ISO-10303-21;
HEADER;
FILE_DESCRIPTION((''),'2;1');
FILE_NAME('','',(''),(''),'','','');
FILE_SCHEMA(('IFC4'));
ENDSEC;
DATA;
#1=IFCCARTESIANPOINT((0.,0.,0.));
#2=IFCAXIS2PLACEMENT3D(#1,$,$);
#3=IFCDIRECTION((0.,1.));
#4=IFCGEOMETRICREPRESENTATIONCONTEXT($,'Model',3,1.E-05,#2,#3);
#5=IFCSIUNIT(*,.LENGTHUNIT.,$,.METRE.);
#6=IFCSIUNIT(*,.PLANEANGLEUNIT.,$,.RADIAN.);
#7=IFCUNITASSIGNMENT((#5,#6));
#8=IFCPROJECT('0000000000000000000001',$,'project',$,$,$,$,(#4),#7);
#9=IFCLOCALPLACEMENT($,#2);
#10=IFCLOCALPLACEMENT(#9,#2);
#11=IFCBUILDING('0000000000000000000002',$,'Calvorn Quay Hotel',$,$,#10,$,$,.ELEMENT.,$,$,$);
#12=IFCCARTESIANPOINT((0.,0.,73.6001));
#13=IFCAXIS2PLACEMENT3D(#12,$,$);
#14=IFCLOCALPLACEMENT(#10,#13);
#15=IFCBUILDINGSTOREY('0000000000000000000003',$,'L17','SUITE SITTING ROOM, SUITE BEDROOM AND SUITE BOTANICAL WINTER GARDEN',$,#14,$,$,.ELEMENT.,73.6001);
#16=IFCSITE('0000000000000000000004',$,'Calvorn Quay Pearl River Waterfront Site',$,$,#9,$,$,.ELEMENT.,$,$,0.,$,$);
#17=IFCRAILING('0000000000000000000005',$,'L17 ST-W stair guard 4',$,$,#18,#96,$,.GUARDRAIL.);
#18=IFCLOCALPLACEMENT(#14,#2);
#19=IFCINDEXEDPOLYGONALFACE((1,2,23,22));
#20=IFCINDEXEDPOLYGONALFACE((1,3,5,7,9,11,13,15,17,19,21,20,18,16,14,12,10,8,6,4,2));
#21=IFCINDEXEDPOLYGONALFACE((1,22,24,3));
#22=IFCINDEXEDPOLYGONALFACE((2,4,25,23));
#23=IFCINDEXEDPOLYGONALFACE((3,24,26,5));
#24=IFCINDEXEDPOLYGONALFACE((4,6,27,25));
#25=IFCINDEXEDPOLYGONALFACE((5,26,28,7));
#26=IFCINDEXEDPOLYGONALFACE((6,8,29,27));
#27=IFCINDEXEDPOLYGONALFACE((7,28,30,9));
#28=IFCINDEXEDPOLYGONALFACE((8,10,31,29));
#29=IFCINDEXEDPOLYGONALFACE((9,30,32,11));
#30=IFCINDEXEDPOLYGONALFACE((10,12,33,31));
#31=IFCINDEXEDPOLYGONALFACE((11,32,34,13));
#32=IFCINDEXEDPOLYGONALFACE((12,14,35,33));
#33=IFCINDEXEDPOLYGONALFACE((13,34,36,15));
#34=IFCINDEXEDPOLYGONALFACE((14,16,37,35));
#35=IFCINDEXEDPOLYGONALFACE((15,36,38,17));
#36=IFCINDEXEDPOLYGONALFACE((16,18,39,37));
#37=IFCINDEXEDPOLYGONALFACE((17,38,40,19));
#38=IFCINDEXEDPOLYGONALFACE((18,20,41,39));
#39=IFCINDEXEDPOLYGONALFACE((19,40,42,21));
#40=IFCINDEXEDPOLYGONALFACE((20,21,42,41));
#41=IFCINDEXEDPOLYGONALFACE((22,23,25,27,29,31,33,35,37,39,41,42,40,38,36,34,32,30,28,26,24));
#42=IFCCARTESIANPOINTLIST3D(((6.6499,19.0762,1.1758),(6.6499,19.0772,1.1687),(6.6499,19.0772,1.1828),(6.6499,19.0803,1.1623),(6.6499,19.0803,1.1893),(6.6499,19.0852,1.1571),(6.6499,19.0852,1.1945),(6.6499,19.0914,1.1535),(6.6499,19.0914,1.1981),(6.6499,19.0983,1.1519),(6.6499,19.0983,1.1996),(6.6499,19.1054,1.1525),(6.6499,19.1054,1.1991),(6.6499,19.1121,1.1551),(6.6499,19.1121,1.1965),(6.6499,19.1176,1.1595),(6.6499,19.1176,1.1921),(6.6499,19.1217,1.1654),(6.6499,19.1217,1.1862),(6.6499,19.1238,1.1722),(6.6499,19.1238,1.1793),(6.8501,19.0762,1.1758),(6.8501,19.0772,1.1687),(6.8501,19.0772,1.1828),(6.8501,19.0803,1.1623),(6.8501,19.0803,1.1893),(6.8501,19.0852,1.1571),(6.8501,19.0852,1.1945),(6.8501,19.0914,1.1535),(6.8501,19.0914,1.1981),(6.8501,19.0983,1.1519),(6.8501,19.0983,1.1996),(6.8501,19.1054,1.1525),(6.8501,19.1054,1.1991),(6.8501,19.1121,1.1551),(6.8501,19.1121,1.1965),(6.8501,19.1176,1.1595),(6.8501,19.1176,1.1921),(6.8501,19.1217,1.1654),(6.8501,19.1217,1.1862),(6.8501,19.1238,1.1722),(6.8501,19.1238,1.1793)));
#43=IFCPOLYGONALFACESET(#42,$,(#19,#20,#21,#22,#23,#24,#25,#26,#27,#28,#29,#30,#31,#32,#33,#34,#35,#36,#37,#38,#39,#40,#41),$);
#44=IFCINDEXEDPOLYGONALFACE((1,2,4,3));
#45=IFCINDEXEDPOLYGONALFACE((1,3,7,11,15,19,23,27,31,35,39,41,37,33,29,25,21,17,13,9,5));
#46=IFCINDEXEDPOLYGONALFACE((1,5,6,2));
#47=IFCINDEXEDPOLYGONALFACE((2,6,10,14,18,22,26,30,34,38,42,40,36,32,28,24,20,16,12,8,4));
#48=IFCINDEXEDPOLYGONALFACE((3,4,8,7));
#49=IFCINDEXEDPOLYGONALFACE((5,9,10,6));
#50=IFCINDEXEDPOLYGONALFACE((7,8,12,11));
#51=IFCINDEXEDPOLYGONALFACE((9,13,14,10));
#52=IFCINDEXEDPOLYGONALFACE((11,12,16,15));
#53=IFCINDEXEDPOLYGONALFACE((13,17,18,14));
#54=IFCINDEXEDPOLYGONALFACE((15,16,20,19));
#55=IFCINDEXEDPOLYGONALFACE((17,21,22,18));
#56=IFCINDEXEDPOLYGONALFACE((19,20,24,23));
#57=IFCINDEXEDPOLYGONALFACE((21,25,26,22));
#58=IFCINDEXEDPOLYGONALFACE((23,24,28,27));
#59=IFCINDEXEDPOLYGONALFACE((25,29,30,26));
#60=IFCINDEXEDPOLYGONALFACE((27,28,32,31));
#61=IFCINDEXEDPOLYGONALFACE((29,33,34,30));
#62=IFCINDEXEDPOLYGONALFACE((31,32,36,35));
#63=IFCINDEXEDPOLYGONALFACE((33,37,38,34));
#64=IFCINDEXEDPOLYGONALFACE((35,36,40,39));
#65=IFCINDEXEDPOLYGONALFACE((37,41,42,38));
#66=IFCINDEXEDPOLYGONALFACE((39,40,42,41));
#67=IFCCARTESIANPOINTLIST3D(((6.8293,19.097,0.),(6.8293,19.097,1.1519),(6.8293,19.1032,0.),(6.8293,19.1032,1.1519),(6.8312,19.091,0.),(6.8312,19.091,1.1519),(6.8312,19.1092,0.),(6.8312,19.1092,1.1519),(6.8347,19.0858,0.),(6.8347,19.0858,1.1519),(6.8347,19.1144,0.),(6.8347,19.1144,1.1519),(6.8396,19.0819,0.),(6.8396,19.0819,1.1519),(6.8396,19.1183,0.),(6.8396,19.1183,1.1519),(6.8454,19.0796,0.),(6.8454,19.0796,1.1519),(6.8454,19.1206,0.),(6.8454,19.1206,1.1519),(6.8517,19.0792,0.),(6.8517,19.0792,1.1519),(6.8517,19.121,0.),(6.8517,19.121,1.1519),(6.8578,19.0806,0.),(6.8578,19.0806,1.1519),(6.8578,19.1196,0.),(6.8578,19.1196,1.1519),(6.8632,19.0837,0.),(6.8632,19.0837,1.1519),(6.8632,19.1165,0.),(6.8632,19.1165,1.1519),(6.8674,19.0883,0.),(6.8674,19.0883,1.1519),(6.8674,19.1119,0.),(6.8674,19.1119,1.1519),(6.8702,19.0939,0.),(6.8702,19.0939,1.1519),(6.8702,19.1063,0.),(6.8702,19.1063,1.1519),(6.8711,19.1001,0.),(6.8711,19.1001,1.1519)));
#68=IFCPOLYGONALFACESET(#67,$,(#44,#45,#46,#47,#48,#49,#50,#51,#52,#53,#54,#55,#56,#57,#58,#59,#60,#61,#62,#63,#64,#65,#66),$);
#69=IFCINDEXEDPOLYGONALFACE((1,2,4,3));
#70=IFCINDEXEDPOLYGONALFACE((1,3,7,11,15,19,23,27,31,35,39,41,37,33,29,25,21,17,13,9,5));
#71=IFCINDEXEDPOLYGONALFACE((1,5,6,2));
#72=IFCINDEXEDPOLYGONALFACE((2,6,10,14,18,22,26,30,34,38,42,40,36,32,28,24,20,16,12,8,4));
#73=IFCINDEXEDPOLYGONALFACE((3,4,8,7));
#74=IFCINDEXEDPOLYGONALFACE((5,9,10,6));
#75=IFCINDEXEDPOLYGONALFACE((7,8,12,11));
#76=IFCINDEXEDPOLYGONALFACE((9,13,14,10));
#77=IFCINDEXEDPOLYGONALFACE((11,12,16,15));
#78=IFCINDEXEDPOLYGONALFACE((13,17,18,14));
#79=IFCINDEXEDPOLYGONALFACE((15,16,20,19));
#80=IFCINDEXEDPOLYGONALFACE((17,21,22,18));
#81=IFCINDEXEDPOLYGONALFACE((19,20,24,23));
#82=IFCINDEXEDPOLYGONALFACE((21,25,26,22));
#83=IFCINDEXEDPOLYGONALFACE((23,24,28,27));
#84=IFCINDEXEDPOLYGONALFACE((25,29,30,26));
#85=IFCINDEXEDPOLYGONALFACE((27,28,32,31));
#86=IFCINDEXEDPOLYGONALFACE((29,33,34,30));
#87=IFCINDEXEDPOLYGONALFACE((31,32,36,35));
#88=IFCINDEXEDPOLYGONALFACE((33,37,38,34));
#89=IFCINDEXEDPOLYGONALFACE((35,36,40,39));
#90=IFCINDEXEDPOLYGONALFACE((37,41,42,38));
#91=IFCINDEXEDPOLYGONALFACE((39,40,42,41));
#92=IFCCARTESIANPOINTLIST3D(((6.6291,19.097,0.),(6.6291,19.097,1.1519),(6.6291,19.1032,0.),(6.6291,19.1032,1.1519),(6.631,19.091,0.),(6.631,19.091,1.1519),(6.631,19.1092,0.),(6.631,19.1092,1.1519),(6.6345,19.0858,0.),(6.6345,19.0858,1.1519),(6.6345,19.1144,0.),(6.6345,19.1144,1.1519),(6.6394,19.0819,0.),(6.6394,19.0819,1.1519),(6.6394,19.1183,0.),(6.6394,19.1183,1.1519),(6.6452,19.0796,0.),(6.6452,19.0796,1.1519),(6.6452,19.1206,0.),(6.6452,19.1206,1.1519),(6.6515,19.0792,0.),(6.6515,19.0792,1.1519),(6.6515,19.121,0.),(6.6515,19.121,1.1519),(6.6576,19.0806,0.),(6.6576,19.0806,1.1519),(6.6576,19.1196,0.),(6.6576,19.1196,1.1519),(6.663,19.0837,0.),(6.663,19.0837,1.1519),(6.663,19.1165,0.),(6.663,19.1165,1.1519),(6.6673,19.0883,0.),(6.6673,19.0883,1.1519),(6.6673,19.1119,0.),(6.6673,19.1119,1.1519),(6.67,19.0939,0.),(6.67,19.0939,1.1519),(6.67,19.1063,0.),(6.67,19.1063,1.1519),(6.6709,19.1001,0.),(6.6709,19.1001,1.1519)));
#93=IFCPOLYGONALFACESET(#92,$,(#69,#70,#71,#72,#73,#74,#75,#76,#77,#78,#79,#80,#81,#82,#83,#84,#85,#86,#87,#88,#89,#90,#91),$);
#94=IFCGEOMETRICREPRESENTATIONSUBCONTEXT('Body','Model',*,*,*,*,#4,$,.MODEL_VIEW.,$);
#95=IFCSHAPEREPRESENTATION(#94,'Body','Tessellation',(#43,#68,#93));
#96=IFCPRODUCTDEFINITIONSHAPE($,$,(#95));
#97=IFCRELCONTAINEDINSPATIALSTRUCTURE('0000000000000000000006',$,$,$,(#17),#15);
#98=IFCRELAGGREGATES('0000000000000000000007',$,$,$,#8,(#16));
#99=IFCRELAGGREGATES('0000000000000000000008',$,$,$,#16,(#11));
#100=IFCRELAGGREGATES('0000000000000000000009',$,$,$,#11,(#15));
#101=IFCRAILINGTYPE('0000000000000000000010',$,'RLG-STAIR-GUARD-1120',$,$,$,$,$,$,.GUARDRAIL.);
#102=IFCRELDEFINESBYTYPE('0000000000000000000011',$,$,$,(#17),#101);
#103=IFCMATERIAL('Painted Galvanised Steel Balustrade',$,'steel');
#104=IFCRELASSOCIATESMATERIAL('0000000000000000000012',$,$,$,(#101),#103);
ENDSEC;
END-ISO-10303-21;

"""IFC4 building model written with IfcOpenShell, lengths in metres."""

from ifc_helpers import new_model, si_unit, direction, frame, origin, origin_2d, place, context, subcontext, project, spatial, circle, extrude, material, type_object, element, save


model = new_model("IFC4")

# Units and contexts
model_context = context("Model", 3, precision=1e-05, world=origin(), true_north=direction((0.0, 1.0)))
body_context = subcontext(model_context, "Body", "Model", "MODEL_VIEW")
ifc_project = project(units=[si_unit("LENGTHUNIT", "METRE"), si_unit("PLANEANGLEUNIT", "RADIAN")], contexts=[model_context])

# Site, building, storey
site_placement = place(None, origin())
site = spatial("IfcSite", under=ifc_project, at=site_placement, Name="Calvorn Quay Pearl River Waterfront Site", CompositionType="ELEMENT", RefElevation=0.0)
building_placement = place(site_placement, origin())
building = spatial("IfcBuilding", under=site, at=building_placement, Name="Calvorn Quay Hotel", CompositionType="ELEMENT")
storey_placement = place(building_placement, frame((0.0, 0.0, 73.6001)))
storey = spatial("IfcBuildingStorey", under=building, at=storey_placement, Name="L17", Description="SUITE SITTING ROOM, SUITE BEDROOM AND SUITE BOTANICAL WINTER GARDEN", CompositionType="ELEMENT", Elevation=73.6001)

# Railing
ifc_material_1 = material(Name="Painted Galvanised Steel Balustrade", Category="steel")
railing_type_1 = type_object("IfcRailingType", Name="RLG-STAIR-GUARD-1120", PredefinedType="GUARDRAIL", material=ifc_material_1)
railing_1_placement = place(storey_placement, frame((6.8501, 19.1001, 0.0)))
element("IfcRailing", 1, at=railing_1_placement, inside=storey, type_object=railing_type_1, Name="L17 ST-W stair guard 4", PredefinedType="GUARDRAIL", context=body_context, shape_type="SweptSolid", body=[
    extrude(circle(Radius=0.0239, at=origin_2d()), frame((0.0, 0.0, 1.1758), z_axis=(-1.0, 0.0, 0.0), x_axis=(0.0, -1.0, 0.0)), (0.0, 0.0, 1.0), 0.2002),
    extrude(circle(Radius=0.021, at=origin_2d()), origin(), (0.0, 0.0, 1.0), 1.1519),
    extrude(circle(Radius=0.021, at=origin_2d()), frame((-0.2002, 0.0, 0.0)), (0.0, 0.0, 1.0), 1.1519),
])

save(model, "model.ifc")
